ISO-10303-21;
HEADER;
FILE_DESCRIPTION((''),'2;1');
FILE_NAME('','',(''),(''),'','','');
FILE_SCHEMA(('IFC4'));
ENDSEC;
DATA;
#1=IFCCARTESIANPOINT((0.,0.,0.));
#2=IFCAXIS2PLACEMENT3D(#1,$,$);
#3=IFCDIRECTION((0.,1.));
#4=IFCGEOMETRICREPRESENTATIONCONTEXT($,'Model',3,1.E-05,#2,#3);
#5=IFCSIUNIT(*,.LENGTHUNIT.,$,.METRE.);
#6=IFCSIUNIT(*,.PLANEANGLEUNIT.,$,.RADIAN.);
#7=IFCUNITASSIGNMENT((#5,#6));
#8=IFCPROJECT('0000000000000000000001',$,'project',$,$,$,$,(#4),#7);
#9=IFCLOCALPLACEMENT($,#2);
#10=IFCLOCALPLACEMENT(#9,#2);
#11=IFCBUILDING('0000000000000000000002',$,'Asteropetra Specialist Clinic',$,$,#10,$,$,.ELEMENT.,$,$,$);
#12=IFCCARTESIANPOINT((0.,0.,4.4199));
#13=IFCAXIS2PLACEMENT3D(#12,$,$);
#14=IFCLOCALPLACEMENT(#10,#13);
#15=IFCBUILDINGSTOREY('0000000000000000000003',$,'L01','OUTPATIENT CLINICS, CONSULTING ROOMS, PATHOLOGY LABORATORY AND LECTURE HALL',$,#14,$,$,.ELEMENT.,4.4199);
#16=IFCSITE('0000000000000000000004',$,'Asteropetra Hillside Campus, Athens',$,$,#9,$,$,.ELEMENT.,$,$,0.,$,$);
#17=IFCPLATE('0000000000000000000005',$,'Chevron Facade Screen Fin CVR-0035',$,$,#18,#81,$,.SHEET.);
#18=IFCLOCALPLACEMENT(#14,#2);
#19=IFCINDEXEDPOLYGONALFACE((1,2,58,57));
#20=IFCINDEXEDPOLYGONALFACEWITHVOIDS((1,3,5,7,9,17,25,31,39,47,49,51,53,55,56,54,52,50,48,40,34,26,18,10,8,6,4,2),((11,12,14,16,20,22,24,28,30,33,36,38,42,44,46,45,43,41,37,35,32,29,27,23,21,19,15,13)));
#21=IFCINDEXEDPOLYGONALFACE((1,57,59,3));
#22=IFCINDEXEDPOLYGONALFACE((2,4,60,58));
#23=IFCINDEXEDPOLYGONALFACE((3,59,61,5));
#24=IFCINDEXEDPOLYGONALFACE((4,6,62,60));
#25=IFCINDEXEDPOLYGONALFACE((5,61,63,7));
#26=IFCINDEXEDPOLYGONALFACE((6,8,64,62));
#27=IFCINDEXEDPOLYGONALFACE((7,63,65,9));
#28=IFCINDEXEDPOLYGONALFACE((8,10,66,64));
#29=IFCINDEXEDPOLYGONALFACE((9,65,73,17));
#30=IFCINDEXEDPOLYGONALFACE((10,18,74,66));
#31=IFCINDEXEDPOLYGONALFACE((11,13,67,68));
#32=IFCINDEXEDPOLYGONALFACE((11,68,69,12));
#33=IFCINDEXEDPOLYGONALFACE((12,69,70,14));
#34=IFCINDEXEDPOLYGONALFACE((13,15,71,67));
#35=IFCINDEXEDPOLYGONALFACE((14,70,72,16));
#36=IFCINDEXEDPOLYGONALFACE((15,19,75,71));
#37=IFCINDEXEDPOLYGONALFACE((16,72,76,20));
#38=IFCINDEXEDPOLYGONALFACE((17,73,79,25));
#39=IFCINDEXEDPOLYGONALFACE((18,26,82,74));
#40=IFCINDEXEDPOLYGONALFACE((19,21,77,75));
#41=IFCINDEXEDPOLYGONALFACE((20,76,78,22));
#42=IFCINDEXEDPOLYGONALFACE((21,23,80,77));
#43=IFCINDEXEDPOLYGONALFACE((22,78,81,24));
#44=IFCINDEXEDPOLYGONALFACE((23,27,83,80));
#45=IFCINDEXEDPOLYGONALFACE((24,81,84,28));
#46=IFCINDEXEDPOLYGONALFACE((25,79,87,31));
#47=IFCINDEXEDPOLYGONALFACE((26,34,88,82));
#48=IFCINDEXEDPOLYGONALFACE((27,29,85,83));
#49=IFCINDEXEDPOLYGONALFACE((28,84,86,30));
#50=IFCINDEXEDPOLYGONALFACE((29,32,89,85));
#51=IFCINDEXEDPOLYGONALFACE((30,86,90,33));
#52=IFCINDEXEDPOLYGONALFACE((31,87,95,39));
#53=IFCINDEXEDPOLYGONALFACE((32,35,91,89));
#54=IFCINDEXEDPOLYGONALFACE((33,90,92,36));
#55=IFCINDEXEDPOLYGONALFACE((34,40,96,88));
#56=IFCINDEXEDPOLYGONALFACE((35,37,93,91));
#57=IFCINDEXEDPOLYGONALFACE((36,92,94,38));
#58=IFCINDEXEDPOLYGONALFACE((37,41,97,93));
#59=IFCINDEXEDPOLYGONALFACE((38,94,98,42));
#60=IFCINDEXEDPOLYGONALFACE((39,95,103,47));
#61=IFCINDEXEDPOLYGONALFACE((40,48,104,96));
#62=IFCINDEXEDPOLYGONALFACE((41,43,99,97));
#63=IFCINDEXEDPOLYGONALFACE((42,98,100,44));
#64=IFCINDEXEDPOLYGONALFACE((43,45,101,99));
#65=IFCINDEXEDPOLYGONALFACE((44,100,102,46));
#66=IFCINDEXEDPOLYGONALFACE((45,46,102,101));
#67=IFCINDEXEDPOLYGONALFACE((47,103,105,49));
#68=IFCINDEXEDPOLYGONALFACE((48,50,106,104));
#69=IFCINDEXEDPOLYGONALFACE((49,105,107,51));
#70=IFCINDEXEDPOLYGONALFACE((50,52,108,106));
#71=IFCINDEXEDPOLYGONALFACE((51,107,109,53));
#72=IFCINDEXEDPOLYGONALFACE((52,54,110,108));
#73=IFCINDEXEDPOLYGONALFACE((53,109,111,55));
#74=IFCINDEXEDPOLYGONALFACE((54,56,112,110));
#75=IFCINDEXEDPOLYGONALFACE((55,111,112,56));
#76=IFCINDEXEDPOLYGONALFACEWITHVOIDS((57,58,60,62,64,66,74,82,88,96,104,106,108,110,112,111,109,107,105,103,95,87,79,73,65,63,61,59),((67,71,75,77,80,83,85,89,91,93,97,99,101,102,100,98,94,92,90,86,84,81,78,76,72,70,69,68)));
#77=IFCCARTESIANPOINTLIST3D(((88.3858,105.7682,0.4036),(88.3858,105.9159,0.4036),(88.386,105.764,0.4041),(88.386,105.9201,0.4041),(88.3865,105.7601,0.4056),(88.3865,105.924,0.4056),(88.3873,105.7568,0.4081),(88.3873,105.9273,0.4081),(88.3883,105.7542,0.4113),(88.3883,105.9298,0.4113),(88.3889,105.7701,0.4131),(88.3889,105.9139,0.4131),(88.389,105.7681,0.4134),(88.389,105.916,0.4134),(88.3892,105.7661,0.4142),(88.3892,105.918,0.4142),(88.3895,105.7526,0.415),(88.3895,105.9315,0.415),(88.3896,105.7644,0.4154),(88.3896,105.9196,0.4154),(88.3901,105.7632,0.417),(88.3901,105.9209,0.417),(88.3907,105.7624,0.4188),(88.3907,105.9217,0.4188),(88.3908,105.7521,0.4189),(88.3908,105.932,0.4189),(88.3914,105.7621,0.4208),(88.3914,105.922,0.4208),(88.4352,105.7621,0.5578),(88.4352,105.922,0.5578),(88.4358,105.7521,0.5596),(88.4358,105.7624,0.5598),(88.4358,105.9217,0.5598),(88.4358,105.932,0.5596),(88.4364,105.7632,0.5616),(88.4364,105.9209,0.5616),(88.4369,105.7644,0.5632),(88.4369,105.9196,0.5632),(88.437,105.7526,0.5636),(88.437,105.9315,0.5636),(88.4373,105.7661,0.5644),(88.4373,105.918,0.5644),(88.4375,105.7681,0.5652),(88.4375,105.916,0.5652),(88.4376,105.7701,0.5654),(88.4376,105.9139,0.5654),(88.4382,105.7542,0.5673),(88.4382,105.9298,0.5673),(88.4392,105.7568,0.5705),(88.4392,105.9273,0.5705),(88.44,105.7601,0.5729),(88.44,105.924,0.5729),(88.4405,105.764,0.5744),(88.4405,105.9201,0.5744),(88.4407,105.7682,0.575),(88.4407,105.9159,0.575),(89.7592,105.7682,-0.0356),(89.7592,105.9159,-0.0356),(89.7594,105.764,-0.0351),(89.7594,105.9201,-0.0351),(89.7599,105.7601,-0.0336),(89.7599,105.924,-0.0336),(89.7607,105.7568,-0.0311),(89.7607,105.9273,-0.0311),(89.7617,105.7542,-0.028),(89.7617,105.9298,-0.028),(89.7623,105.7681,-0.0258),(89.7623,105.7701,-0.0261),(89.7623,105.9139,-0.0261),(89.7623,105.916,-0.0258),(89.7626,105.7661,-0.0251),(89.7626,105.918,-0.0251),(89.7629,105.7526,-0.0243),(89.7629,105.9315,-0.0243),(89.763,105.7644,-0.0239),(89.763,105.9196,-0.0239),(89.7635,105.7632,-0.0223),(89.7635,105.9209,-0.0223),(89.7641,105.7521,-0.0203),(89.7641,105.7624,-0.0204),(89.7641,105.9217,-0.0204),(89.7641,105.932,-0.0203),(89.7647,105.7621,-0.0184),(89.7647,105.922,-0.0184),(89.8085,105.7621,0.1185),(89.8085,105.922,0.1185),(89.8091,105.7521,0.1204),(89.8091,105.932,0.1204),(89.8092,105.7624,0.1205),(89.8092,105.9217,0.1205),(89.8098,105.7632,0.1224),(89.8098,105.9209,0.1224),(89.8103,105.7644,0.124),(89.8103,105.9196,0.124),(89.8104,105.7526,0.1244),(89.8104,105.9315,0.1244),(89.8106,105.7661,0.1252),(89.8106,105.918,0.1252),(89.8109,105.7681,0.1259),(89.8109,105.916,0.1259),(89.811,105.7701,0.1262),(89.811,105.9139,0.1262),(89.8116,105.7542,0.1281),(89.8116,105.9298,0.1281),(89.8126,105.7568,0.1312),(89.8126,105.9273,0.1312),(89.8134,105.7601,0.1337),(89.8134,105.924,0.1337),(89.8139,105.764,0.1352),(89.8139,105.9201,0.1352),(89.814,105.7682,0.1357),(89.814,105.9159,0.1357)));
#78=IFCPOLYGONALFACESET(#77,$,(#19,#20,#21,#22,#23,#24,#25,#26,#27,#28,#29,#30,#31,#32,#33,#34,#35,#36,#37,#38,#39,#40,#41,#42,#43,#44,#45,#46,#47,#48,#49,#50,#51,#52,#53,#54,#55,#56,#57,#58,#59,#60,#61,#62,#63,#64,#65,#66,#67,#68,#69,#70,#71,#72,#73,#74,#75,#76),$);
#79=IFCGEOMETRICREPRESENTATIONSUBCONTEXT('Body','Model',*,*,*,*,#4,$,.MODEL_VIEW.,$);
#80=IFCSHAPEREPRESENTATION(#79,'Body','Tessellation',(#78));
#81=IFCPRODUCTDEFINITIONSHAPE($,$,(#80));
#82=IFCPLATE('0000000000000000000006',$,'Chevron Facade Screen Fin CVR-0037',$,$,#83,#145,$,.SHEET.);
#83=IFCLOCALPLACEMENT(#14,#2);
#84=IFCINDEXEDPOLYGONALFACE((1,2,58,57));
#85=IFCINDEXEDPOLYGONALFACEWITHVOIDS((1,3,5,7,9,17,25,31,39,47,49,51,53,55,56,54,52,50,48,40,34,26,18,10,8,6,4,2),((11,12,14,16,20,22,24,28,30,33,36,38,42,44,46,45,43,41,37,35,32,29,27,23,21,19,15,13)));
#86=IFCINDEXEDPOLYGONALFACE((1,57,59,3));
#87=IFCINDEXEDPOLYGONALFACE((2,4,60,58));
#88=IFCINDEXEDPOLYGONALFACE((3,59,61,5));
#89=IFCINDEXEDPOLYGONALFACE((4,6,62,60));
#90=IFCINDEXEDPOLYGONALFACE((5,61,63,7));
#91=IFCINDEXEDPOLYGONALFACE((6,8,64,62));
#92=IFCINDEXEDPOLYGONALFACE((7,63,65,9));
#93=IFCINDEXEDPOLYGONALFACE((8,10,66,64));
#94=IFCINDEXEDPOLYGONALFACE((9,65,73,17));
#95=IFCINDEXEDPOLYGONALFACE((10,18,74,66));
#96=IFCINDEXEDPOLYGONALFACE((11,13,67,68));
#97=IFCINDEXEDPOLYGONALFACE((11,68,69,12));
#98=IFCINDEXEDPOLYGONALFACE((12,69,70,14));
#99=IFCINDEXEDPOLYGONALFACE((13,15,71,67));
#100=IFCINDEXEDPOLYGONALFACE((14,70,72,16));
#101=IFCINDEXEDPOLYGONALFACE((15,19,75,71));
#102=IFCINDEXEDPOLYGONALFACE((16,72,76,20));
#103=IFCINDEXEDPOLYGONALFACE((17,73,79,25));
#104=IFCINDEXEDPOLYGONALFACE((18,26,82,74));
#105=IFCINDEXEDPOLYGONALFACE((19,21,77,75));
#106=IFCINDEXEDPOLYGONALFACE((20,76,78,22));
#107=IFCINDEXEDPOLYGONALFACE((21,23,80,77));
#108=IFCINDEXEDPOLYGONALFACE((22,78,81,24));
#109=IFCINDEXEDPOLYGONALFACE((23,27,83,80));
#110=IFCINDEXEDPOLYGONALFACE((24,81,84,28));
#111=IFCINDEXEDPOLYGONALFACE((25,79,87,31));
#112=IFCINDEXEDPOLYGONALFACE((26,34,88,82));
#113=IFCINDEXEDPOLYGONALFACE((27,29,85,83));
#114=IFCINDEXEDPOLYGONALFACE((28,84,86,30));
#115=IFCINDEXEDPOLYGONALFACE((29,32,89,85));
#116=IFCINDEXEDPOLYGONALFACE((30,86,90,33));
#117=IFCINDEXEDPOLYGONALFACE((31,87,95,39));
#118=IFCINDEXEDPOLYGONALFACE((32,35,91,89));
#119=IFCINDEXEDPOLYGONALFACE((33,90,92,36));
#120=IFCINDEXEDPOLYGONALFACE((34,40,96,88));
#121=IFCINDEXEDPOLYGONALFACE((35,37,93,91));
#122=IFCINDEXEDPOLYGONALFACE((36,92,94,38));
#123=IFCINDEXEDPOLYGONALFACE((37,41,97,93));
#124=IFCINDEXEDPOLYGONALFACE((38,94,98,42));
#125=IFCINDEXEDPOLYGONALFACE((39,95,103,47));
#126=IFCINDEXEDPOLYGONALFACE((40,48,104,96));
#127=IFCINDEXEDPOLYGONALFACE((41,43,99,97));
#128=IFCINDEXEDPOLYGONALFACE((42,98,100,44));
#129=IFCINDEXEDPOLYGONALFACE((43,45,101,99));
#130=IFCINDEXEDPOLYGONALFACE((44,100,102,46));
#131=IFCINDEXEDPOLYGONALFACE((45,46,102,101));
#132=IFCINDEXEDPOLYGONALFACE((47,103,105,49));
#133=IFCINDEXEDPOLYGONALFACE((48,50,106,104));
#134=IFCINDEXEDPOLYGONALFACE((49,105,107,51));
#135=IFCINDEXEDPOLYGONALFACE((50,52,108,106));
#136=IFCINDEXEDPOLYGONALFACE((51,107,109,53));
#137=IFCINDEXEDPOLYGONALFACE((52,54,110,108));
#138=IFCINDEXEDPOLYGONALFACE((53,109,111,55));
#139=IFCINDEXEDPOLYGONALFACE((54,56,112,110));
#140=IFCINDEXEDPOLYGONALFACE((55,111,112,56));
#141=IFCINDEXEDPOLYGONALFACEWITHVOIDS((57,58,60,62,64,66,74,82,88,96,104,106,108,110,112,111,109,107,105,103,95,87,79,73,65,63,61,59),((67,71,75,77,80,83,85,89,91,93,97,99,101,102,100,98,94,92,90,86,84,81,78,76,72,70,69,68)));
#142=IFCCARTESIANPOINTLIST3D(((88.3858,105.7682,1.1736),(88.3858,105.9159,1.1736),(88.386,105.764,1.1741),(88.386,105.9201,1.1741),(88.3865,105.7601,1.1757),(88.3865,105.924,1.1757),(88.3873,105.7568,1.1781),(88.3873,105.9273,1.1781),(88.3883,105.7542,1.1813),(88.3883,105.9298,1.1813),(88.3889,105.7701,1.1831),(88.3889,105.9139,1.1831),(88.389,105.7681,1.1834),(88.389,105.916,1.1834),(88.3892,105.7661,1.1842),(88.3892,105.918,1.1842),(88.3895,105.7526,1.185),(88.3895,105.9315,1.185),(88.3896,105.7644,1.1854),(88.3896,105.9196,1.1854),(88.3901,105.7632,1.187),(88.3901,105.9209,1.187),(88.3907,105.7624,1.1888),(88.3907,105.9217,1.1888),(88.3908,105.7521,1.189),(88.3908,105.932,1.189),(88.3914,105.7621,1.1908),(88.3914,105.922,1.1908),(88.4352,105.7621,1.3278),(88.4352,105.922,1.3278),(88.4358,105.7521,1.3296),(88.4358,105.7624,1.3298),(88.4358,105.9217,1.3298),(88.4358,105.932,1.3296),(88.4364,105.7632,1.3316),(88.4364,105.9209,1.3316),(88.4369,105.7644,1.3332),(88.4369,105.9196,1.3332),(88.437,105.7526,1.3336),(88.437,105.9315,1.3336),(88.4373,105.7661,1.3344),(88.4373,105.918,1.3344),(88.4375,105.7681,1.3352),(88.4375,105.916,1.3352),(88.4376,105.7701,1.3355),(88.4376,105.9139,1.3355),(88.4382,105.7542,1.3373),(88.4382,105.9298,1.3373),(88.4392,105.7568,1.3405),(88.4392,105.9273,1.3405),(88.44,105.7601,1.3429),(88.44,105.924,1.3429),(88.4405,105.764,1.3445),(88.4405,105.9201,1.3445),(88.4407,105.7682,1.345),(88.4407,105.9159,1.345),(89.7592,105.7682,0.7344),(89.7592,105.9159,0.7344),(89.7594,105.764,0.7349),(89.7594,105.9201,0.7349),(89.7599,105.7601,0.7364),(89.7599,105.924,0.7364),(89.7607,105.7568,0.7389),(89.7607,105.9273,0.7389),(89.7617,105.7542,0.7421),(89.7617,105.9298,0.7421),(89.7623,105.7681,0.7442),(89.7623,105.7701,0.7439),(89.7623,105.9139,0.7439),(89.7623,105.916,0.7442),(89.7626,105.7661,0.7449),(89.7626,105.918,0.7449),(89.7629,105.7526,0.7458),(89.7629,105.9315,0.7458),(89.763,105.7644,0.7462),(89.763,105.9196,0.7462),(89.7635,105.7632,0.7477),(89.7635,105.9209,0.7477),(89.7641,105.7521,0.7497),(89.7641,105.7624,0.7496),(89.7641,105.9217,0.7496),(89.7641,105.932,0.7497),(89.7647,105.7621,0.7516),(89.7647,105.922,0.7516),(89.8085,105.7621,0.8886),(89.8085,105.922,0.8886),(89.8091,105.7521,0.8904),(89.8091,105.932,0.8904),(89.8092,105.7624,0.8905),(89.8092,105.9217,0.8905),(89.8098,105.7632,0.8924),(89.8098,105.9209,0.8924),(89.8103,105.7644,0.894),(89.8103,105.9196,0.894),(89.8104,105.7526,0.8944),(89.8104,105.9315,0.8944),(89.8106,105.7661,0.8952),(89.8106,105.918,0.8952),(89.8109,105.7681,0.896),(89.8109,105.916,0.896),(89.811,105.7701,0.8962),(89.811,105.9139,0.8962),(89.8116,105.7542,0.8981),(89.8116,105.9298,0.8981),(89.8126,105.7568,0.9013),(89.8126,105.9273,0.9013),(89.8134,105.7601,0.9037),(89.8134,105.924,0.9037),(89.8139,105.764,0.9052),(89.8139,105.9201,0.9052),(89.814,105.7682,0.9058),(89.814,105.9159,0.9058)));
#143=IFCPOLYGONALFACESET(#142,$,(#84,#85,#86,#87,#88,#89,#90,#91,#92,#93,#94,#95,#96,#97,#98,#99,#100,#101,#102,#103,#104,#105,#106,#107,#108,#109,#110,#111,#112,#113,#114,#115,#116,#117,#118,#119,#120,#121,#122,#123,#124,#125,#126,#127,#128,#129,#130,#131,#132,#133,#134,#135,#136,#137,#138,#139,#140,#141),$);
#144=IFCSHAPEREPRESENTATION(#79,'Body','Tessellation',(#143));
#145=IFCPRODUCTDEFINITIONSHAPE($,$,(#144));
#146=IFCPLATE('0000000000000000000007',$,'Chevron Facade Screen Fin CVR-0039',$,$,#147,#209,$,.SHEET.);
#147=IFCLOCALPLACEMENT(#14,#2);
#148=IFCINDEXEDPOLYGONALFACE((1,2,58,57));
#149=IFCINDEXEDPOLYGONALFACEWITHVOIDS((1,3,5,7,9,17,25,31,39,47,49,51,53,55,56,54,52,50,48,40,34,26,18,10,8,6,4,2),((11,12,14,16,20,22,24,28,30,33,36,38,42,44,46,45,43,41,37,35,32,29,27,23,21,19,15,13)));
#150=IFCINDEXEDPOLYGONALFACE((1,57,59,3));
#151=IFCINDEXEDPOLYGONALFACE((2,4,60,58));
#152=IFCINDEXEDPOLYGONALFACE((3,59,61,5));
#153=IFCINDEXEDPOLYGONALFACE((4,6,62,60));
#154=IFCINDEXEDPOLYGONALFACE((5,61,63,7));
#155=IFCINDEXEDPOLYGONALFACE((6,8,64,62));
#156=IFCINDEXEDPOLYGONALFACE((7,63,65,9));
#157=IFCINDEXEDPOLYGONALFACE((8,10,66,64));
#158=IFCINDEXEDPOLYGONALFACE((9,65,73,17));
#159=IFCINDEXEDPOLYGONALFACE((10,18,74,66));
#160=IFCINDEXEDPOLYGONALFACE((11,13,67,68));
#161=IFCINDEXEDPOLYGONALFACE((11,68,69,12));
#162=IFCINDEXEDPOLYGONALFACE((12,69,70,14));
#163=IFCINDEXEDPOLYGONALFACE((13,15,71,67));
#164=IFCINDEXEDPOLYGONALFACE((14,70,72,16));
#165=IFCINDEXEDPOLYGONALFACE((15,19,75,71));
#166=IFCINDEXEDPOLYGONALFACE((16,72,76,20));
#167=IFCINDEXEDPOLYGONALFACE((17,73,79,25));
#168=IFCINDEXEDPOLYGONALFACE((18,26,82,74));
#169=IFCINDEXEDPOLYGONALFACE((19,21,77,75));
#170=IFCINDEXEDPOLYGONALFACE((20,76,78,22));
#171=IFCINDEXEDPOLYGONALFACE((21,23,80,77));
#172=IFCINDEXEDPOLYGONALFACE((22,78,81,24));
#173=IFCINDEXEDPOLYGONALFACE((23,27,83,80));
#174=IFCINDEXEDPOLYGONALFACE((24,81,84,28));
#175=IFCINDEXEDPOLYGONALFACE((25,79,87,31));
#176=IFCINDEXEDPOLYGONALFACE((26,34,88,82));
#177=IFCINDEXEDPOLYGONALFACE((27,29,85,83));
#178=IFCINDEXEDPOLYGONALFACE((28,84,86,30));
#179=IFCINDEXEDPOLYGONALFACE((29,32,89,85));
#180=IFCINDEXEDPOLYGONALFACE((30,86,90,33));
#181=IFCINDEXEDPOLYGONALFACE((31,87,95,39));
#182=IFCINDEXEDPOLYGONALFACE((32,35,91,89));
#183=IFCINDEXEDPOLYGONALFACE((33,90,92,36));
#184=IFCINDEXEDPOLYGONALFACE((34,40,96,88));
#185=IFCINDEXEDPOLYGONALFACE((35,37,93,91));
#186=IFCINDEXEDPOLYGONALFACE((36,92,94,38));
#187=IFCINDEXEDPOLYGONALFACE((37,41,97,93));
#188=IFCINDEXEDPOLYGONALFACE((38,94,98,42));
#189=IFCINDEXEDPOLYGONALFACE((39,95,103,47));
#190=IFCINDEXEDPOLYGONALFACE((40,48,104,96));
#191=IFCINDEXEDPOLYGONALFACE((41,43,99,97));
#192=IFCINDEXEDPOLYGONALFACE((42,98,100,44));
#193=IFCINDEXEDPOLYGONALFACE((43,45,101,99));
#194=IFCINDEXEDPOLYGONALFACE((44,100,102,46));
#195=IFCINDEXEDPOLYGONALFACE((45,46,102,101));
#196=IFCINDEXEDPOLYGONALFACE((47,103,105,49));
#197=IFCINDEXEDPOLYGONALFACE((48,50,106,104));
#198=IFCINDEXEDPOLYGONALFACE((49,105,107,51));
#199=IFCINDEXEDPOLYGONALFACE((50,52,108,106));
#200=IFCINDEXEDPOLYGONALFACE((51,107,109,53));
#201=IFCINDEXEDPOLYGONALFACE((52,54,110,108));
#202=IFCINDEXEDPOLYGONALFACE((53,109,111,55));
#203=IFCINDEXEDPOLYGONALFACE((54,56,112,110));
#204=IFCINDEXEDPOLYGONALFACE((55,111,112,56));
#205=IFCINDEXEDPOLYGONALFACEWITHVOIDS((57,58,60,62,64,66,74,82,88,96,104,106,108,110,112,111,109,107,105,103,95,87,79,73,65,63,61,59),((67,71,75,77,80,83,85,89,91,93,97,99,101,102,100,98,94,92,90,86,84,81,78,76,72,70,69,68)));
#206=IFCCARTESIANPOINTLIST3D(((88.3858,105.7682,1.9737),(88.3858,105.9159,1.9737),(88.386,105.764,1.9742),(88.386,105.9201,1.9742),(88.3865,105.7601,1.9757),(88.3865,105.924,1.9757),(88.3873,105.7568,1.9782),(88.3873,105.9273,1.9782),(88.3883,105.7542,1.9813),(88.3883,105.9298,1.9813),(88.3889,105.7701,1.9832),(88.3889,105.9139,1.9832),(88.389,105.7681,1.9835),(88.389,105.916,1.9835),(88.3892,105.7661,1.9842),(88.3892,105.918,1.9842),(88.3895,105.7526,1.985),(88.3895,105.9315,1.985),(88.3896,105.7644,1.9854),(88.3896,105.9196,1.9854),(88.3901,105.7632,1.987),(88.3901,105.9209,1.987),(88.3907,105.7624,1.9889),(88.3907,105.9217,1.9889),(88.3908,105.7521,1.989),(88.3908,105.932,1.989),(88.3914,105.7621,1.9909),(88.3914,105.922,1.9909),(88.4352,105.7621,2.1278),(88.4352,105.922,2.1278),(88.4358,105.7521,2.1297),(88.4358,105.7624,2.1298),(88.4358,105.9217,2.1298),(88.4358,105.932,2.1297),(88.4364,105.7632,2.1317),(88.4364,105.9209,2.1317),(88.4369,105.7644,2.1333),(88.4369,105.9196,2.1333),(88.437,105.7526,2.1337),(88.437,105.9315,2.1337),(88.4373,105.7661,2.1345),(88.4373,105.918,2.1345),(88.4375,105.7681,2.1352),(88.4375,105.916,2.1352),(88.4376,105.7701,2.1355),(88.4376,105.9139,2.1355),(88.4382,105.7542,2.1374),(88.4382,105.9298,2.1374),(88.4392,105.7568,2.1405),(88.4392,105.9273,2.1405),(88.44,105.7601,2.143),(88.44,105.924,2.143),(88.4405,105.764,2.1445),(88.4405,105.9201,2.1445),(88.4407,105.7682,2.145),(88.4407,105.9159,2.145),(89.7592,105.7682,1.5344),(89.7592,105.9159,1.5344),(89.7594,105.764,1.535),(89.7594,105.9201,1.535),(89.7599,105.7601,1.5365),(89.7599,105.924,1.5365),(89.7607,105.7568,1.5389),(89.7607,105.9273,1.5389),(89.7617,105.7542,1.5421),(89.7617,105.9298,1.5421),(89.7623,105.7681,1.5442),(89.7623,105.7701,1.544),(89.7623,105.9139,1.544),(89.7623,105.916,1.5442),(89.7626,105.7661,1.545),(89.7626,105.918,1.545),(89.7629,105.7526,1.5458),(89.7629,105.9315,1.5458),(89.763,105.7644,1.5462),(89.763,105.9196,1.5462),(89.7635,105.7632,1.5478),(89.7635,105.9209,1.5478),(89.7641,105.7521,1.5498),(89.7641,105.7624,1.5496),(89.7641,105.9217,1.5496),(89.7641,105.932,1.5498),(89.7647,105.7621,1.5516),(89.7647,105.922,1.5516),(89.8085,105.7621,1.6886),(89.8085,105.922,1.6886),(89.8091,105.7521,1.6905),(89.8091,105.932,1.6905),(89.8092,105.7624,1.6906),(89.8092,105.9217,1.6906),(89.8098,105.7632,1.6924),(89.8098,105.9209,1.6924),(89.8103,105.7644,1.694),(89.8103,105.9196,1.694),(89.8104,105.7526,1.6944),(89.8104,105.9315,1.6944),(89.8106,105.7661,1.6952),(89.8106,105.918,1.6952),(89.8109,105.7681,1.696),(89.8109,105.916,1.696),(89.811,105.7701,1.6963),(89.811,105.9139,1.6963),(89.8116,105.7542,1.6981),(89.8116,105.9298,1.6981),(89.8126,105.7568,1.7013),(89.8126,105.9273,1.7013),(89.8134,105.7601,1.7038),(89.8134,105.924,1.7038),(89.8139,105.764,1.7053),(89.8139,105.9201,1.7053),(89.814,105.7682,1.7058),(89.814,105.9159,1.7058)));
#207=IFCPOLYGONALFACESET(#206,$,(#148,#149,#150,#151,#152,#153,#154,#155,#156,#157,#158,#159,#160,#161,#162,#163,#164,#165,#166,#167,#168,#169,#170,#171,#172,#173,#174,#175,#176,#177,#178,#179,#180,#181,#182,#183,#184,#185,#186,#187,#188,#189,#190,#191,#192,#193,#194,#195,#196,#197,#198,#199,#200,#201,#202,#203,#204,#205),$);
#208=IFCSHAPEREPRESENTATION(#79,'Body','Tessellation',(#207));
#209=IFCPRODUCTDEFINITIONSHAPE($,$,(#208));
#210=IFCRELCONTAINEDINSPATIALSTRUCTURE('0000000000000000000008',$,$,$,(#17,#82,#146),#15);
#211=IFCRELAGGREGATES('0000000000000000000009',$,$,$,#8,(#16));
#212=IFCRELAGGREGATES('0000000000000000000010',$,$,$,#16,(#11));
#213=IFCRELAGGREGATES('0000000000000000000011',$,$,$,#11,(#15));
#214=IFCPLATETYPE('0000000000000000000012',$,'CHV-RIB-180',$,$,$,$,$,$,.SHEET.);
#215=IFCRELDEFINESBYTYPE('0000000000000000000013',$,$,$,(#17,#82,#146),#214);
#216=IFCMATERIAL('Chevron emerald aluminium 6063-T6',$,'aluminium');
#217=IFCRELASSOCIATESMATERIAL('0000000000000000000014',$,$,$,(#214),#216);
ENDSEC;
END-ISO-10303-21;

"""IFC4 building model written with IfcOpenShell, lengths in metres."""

from ifc_helpers import new_model, si_unit, direction, frame, origin, origin_2d, place, context, subcontext, project, spatial, hollow_rectangle, extrude, material, material_profile, profile_set, type_object, element, save


model = new_model("IFC4")

# Units and contexts
model_context = context("Model", 3, precision=1e-05, world=origin(), true_north=direction((0.0, 1.0)))
body_context = subcontext(model_context, "Body", "Model", "MODEL_VIEW")
ifc_project = project(units=[si_unit("LENGTHUNIT", "METRE"), si_unit("PLANEANGLEUNIT", "RADIAN")], contexts=[model_context])

# Site, building, storey
site_placement = place(None, origin())
site = spatial("IfcSite", under=ifc_project, at=site_placement, Name="Asteropetra Hillside Campus, Athens", CompositionType="ELEMENT", RefElevation=0.0)
building_placement = place(site_placement, origin())
building = spatial("IfcBuilding", under=site, at=building_placement, Name="Asteropetra Specialist Clinic", CompositionType="ELEMENT")
storey_placement = place(building_placement, frame((0.0, 0.0, 4.4199)))
storey = spatial("IfcBuildingStorey", under=building, at=storey_placement, Name="L01", Description="OUTPATIENT CLINICS, CONSULTING ROOMS, PATHOLOGY LABORATORY AND LECTURE HALL", CompositionType="ELEMENT", Elevation=4.4199)

# Plates
ifc_material_1 = material(Name="Chevron emerald aluminium 6063-T6", Category="aluminium")
ifc_material_profile_1 = material_profile(ifc_material_1, hollow_rectangle(XDim=0.1799, YDim=0.1799, WallThickness=0.01, InnerFilletRadius=0.0081, OuterFilletRadius=0.0161, at=origin_2d()), Name="SHS 180x180x10.0")
ifc_profile_set_1 = profile_set([ifc_material_profile_1], Name="Chevron emerald aluminium 6063-T6")
plate_type = type_object("IfcPlateType", Name="CHV-RIB-180", PredefinedType="SHEET", material=ifc_profile_set_1)
for number, where, z_axis, x_axis, name in (
    (1, (89.7866, 105.842, 0.05), (-0.952473, 0.0, 0.304622), (0.0, -1.0, 0.0), "Chevron Facade Screen Fin CVR-0035"),
    (2, (89.7866, 105.842, 0.8201), (-0.952473, 0.0, 0.304622), (0.0, -1.0, 0.0), "Chevron Facade Screen Fin CVR-0037"),
    (3, (89.7866, 105.842, 1.6201), (-0.952473, 0.0, 0.304622), (0.0, -1.0, 0.0), "Chevron Facade Screen Fin CVR-0039"),
):
    element("IfcPlate", number, at=place(storey_placement, frame(where, z_axis=z_axis, x_axis=x_axis)), inside=storey, type_object=plate_type, Name=name, PredefinedType="SHEET", context=body_context, shape_type="SweptSolid", body=[
        extrude(hollow_rectangle(XDim=0.1799, YDim=0.1799, WallThickness=0.01, InnerFilletRadius=0.0081, OuterFilletRadius=0.0161, at=origin_2d()), origin(), (0.0, 0.0, 1.0), 1.4419),
    ])

save(model, "model.ifc")
